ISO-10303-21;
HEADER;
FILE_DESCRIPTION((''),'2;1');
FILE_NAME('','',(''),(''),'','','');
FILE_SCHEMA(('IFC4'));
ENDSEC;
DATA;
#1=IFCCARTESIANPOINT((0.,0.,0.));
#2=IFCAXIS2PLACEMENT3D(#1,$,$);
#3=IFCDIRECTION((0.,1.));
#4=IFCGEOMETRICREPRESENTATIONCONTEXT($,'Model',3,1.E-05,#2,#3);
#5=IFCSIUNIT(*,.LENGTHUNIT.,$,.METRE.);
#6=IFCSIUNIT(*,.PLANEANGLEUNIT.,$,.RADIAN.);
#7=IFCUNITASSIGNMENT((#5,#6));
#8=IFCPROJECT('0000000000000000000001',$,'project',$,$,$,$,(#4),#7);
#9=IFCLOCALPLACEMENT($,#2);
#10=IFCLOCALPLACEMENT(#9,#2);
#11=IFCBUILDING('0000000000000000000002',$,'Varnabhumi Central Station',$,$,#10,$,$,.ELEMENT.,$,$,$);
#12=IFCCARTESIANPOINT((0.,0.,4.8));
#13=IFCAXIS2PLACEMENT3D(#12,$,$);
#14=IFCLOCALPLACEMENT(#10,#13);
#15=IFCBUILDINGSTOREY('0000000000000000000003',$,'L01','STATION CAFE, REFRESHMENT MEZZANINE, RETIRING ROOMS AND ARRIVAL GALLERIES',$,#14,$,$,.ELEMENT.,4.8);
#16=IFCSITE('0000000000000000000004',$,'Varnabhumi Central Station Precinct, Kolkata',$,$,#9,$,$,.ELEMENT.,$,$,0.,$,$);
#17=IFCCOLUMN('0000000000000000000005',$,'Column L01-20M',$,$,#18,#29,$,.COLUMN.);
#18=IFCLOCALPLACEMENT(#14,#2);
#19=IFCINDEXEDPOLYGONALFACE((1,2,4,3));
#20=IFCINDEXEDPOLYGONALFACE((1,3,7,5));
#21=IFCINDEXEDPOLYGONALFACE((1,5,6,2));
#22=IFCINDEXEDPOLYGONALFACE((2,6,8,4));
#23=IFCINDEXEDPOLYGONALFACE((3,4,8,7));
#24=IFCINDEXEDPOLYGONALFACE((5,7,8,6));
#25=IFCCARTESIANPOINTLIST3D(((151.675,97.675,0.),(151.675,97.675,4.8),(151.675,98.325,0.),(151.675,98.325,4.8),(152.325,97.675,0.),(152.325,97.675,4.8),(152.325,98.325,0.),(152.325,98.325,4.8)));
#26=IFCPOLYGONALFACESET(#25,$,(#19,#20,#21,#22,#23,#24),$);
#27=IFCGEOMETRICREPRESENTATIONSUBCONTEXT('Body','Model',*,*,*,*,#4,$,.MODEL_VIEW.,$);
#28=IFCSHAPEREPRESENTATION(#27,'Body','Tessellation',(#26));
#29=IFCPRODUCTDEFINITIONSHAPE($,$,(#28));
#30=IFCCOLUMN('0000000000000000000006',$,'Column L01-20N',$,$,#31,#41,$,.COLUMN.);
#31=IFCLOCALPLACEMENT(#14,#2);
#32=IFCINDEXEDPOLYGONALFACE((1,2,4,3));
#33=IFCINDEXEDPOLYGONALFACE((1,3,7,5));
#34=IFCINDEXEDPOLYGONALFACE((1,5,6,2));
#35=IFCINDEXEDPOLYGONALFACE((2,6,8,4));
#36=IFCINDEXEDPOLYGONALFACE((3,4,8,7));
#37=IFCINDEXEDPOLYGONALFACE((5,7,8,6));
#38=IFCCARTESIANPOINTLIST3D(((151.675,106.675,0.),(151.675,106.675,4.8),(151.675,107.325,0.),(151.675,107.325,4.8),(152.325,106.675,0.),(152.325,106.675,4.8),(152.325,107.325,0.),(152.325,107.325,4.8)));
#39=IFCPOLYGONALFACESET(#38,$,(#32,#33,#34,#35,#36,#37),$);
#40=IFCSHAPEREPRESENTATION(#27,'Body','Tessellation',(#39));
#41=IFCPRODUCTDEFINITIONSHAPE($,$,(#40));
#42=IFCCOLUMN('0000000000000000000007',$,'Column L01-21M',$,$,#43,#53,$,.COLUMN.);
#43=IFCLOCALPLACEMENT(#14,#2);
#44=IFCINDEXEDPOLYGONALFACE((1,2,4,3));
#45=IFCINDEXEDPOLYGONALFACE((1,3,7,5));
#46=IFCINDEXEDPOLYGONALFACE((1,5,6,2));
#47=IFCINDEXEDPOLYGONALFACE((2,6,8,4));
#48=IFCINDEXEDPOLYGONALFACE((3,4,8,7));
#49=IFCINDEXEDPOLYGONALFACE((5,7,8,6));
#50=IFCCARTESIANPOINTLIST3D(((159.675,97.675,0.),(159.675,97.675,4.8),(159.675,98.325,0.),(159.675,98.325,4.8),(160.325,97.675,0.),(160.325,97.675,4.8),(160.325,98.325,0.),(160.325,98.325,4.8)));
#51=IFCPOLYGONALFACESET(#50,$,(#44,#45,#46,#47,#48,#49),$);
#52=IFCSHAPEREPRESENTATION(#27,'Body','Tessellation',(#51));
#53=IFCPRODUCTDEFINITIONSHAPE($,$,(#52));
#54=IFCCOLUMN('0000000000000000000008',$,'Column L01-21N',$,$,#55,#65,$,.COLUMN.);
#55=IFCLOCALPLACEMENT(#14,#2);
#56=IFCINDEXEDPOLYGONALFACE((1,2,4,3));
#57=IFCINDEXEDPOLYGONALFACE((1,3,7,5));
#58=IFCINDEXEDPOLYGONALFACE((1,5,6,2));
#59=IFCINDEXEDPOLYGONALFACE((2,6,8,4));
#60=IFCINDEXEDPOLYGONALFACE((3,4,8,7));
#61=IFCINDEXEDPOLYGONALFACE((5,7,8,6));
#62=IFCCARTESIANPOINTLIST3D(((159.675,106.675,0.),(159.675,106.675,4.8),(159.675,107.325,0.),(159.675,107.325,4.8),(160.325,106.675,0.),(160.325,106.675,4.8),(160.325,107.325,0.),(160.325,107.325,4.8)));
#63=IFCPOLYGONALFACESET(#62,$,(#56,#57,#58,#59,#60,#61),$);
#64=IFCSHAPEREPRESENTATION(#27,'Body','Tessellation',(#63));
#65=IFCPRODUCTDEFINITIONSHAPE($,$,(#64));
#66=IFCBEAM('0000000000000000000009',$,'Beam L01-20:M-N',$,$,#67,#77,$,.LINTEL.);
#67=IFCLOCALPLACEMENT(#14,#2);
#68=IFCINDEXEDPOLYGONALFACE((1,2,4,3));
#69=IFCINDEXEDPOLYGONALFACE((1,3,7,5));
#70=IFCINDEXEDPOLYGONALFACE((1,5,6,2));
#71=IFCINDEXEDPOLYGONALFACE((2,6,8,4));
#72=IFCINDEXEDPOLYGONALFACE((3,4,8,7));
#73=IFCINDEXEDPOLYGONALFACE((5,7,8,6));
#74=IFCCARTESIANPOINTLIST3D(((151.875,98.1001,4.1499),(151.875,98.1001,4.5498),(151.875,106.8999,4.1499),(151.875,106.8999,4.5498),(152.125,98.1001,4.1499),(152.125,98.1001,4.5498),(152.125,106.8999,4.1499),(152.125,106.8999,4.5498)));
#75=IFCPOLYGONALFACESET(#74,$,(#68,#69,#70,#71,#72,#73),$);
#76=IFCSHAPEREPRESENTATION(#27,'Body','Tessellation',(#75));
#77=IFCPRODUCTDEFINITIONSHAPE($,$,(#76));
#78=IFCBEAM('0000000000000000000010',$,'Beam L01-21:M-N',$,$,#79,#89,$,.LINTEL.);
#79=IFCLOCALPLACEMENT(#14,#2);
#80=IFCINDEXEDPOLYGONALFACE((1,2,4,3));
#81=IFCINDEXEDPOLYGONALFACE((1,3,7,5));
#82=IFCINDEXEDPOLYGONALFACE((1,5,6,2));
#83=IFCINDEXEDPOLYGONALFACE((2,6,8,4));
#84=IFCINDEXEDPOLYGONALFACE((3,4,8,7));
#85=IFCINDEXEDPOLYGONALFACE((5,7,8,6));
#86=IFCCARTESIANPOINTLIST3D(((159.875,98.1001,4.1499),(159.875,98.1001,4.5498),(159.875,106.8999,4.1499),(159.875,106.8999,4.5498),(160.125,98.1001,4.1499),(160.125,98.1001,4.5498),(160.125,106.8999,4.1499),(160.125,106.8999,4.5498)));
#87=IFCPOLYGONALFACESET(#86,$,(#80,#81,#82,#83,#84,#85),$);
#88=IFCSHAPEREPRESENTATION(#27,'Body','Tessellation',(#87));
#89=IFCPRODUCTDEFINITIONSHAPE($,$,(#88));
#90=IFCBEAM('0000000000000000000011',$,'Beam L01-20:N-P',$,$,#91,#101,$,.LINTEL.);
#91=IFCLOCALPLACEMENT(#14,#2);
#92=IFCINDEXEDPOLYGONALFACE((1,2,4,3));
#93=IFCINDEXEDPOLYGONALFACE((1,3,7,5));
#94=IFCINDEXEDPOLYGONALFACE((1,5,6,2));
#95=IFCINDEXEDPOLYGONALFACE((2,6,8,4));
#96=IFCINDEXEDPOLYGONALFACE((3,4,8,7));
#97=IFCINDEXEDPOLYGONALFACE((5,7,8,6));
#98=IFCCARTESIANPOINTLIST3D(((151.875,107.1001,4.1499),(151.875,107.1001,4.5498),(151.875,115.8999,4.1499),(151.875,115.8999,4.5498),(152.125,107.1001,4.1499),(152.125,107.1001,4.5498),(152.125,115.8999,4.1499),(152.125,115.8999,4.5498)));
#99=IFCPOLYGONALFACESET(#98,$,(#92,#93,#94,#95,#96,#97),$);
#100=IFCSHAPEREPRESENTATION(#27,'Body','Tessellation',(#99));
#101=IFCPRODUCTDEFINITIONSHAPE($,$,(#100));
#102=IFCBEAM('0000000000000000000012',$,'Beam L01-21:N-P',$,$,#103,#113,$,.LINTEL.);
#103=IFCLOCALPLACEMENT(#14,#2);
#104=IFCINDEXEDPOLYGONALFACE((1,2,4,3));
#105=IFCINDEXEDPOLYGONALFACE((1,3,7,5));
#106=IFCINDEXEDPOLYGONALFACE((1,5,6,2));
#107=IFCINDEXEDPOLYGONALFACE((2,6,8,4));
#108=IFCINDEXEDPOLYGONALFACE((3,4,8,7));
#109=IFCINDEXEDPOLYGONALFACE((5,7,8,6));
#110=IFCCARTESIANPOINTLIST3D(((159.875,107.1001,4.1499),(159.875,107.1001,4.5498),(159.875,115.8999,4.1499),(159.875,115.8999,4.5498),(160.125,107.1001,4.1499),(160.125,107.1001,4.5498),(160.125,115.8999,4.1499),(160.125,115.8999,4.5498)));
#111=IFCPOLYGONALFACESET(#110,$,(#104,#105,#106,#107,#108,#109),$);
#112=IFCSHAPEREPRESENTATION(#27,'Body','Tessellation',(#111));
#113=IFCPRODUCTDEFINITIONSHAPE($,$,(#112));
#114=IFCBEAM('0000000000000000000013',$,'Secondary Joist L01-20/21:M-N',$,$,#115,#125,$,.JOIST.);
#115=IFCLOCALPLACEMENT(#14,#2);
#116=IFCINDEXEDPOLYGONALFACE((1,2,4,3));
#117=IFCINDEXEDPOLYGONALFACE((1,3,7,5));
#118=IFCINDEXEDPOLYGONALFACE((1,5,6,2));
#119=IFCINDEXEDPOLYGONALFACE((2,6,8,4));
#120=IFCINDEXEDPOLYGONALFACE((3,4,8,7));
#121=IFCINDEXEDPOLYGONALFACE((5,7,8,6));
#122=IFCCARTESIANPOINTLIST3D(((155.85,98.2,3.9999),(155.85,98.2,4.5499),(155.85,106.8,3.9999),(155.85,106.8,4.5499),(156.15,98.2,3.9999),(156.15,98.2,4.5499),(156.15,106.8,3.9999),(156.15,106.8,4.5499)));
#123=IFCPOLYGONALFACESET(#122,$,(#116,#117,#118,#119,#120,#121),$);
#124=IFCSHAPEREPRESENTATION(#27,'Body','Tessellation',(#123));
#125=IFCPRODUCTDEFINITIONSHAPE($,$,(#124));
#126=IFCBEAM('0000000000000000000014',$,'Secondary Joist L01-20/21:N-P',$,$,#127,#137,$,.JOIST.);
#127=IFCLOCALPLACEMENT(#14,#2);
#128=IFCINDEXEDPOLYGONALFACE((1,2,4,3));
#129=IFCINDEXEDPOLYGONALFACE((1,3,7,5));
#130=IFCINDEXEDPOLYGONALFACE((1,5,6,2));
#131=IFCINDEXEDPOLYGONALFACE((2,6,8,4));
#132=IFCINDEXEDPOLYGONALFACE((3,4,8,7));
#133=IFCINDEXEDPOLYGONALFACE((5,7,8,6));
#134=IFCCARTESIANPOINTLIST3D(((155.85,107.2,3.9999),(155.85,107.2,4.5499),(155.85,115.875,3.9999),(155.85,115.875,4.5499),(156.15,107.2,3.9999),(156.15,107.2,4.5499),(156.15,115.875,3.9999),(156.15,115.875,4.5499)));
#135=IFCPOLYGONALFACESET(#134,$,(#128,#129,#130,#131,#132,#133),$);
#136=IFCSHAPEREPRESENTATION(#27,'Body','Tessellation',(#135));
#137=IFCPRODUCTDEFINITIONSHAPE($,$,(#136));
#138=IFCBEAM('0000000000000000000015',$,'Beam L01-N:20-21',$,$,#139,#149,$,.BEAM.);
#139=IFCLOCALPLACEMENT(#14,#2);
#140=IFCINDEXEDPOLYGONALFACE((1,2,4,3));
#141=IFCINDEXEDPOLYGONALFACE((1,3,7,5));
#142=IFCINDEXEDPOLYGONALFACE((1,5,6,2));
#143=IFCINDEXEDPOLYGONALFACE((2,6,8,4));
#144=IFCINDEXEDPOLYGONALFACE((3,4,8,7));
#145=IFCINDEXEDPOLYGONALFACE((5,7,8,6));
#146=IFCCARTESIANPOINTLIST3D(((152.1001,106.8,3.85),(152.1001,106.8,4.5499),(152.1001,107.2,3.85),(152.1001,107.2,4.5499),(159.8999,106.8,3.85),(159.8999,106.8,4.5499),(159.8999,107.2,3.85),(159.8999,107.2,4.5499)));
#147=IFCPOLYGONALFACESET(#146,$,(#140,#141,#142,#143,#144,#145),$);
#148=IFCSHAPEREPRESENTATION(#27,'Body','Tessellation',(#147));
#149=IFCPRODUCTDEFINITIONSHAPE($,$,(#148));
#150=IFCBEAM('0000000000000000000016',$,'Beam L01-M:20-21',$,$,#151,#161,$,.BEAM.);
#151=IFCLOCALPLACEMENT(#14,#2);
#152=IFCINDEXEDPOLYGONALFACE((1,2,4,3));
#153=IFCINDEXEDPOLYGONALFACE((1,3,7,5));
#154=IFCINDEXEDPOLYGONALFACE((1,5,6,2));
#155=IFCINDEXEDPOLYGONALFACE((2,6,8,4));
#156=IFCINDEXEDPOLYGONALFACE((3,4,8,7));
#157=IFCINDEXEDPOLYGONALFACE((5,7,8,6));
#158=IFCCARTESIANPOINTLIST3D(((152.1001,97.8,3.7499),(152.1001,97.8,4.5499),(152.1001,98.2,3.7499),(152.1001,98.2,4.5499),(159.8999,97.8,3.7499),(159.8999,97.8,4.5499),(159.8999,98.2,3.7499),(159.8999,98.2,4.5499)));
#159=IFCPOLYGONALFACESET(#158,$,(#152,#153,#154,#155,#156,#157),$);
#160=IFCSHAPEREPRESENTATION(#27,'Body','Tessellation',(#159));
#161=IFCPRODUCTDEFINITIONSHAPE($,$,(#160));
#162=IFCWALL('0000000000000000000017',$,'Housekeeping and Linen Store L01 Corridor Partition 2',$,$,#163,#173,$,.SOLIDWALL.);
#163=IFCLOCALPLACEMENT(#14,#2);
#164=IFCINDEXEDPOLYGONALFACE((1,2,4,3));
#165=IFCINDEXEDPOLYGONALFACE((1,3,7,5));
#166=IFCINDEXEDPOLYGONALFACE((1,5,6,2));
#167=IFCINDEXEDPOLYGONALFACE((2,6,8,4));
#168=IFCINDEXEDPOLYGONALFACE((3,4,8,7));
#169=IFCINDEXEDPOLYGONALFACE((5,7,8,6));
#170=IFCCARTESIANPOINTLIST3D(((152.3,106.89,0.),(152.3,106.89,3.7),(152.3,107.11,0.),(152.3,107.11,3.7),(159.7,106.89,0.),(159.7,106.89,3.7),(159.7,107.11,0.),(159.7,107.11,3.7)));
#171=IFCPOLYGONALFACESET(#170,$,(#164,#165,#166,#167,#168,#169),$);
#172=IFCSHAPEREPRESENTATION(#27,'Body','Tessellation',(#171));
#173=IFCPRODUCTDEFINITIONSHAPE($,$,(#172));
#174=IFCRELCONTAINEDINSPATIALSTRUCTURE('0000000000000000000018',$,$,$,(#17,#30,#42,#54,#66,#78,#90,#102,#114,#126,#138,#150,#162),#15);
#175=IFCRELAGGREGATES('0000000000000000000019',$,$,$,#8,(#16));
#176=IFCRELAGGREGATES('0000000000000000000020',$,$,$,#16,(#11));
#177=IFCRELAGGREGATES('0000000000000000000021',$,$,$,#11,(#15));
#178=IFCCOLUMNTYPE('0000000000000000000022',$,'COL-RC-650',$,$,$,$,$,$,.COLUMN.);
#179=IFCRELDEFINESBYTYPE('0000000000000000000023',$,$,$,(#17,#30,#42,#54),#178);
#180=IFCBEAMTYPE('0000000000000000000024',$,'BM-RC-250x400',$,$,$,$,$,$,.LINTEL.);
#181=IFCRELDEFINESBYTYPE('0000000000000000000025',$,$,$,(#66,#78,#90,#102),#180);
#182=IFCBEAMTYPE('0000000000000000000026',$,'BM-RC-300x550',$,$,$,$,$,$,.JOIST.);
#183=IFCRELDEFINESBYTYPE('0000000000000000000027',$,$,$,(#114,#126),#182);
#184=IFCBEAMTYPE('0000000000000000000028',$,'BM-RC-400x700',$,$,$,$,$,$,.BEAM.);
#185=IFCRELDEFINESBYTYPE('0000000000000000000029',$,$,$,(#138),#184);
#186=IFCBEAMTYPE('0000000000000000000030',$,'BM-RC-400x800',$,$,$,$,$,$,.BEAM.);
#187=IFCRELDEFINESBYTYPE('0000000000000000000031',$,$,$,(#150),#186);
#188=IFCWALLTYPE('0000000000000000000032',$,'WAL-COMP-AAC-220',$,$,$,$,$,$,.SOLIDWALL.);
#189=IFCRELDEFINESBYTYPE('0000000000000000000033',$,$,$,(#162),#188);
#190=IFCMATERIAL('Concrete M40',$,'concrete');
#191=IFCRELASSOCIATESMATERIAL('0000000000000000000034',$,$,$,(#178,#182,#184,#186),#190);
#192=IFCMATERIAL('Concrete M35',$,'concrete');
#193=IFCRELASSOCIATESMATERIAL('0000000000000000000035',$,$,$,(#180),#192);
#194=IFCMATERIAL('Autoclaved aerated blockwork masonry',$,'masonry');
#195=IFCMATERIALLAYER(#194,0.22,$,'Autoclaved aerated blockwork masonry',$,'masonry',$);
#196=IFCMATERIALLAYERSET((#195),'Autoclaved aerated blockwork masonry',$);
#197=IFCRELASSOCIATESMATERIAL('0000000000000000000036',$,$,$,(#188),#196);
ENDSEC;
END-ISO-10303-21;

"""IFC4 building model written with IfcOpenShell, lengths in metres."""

from ifc_helpers import new_model, si_unit, direction, frame, frame_2d, origin, origin_2d, place, context, subcontext, project, spatial, rectangle, extrude, material, layer, layer_set, material_profile, profile_set, type_object, element, save


model = new_model("IFC4")

# Units and contexts
model_context = context("Model", 3, precision=1e-05, world=origin(), true_north=direction((0.0, 1.0)))
body_context = subcontext(model_context, "Body", "Model", "MODEL_VIEW")
ifc_project = project(units=[si_unit("LENGTHUNIT", "METRE"), si_unit("PLANEANGLEUNIT", "RADIAN")], contexts=[model_context])

# Site, building, storey
site_placement = place(None, origin())
site = spatial("IfcSite", under=ifc_project, at=site_placement, Name="Varnabhumi Central Station Precinct, Kolkata", CompositionType="ELEMENT", RefElevation=0.0)
building_placement = place(site_placement, origin())
building = spatial("IfcBuilding", under=site, at=building_placement, Name="Varnabhumi Central Station", CompositionType="ELEMENT")
storey_placement = place(building_placement, frame((0.0, 0.0, 4.8)))
storey = spatial("IfcBuildingStorey", under=building, at=storey_placement, Name="L01", Description="STATION CAFE, REFRESHMENT MEZZANINE, RETIRING ROOMS AND ARRIVAL GALLERIES", CompositionType="ELEMENT", Elevation=4.8)

# Columns
ifc_material_1 = material(Name="Concrete M40", Category="concrete")
ifc_material_profile_1 = material_profile(ifc_material_1, rectangle(XDim=0.6499, YDim=0.6499, at=origin_2d()), Name="Concrete M40", Category="concrete")
ifc_profile_set_1 = profile_set([ifc_material_profile_1], Name="Concrete M40")
column_type = type_object("IfcColumnType", Name="COL-RC-650", PredefinedType="COLUMN", material=ifc_profile_set_1)
for number, where, z_axis, x_axis, name in (
    (1, (152.0, 98.0, 0.0), (0.0, 0.0, 1.0), (1.0, 0.0, 0.0), "Column L01-20M"),
    (2, (152.0, 107.0, 0.0), (0.0, 0.0, 1.0), (1.0, 0.0, 0.0), "Column L01-20N"),
    (3, (160.0, 98.0, 0.0), (0.0, 0.0, 1.0), (1.0, 0.0, 0.0), "Column L01-21M"),
    (4, (160.0, 107.0, 0.0), (0.0, 0.0, 1.0), (1.0, 0.0, 0.0), "Column L01-21N"),
):
    element("IfcColumn", number, at=place(storey_placement, frame(where, z_axis=z_axis, x_axis=x_axis)), inside=storey, type_object=column_type, Name=name, PredefinedType="COLUMN", context=body_context, shape_type="SweptSolid", body=[
        extrude(rectangle(XDim=0.6499, YDim=0.6499, at=origin_2d()), origin(), (0.0, 0.0, 1.0), 4.8),
    ])

# Beams
ifc_material_2 = material(Name="Concrete M35", Category="concrete")
ifc_material_profile_2 = material_profile(ifc_material_2, rectangle(XDim=0.25, YDim=0.3999, at=origin_2d()), Name="Concrete M35", Category="concrete")
ifc_profile_set_2 = profile_set([ifc_material_profile_2], Name="Concrete M35")
beam_type_1 = type_object("IfcBeamType", Name="BM-RC-250x400", PredefinedType="LINTEL", material=ifc_profile_set_2)
for number, where, z_axis, x_axis, name in (
    (5, (152.0, 98.1001, 4.3499), (0.0, 1.0, 0.0), (-1.0, 0.0, 0.0), "Beam L01-20:M-N"),
    (6, (160.0, 98.1001, 4.3499), (0.0, 1.0, 0.0), (-1.0, 0.0, 0.0), "Beam L01-21:M-N"),
    (7, (152.0, 107.1001, 4.3499), (0.0, 1.0, 0.0), (-1.0, 0.0, 0.0), "Beam L01-20:N-P"),
    (8, (160.0, 107.1001, 4.3499), (0.0, 1.0, 0.0), (-1.0, 0.0, 0.0), "Beam L01-21:N-P"),
):
    element("IfcBeam", number, at=place(storey_placement, frame(where, z_axis=z_axis, x_axis=x_axis)), inside=storey, type_object=beam_type_1, Name=name, PredefinedType="LINTEL", context=body_context, shape_type="SweptSolid", body=[
        extrude(rectangle(XDim=0.25, YDim=0.3999, at=origin_2d()), origin(), (0.0, 0.0, 1.0), 8.7998),
    ])
ifc_material_profile_3 = material_profile(ifc_material_1, rectangle(XDim=0.3, YDim=0.55, at=origin_2d()), Name="Concrete M40", Category="concrete")
ifc_profile_set_3 = profile_set([ifc_material_profile_3], Name="Concrete M40")
beam_type_2 = type_object("IfcBeamType", Name="BM-RC-300x550", PredefinedType="JOIST", material=ifc_profile_set_3)
beam_1_placement = place(storey_placement, frame((156.0, 98.2, 4.2749), z_axis=(0.0, 1.0, 0.0), x_axis=(-1.0, 0.0, 0.0)))
element("IfcBeam", 9, at=beam_1_placement, inside=storey, type_object=beam_type_2, Name="Secondary Joist L01-20/21:M-N", PredefinedType="JOIST", context=body_context, shape_type="SweptSolid", body=[
    extrude(rectangle(XDim=0.3, YDim=0.55, at=origin_2d()), origin(), (0.0, 0.0, 1.0), 8.6001),
])
beam_2_placement = place(storey_placement, frame((156.0, 107.2, 4.2749), z_axis=(0.0, 1.0, 0.0), x_axis=(-1.0, 0.0, 0.0)))
element("IfcBeam", 10, at=beam_2_placement, inside=storey, type_object=beam_type_2, Name="Secondary Joist L01-20/21:N-P", PredefinedType="JOIST", context=body_context, shape_type="SweptSolid", body=[
    extrude(rectangle(XDim=0.3, YDim=0.55, at=origin_2d()), origin(), (0.0, 0.0, 1.0), 8.675),
])
ifc_material_profile_4 = material_profile(ifc_material_1, rectangle(XDim=0.3999, YDim=0.7, at=origin_2d()), Name="Concrete M40", Category="concrete")
ifc_profile_set_4 = profile_set([ifc_material_profile_4], Name="Concrete M40")
beam_type_3 = type_object("IfcBeamType", Name="BM-RC-400x700", PredefinedType="BEAM", material=ifc_profile_set_4)
beam_3_placement = place(storey_placement, frame((152.1001, 107.0, 4.2), z_axis=(1.0, 0.0, 0.0), x_axis=(0.0, 1.0, 0.0)))
element("IfcBeam", 11, at=beam_3_placement, inside=storey, type_object=beam_type_3, Name="Beam L01-N:20-21", PredefinedType="BEAM", context=body_context, shape_type="SweptSolid", body=[
    extrude(rectangle(XDim=0.3999, YDim=0.7, at=origin_2d()), origin(), (0.0, 0.0, 1.0), 7.7998),
])
ifc_material_profile_5 = material_profile(ifc_material_1, rectangle(XDim=0.3999, YDim=0.8, at=origin_2d()), Name="Concrete M40", Category="concrete")
ifc_profile_set_5 = profile_set([ifc_material_profile_5], Name="Concrete M40")
beam_type_4 = type_object("IfcBeamType", Name="BM-RC-400x800", PredefinedType="BEAM", material=ifc_profile_set_5)
beam_4_placement = place(storey_placement, frame((152.1001, 98.0, 4.1499), z_axis=(1.0, 0.0, 0.0), x_axis=(0.0, 1.0, 0.0)))
element("IfcBeam", 12, at=beam_4_placement, inside=storey, type_object=beam_type_4, Name="Beam L01-M:20-21", PredefinedType="BEAM", context=body_context, shape_type="SweptSolid", body=[
    extrude(rectangle(XDim=0.3999, YDim=0.8, at=origin_2d()), origin(), (0.0, 0.0, 1.0), 7.7998),
])

# Wall
ifc_material_3 = material(Name="Autoclaved aerated blockwork masonry", Category="masonry")
ifc_layer_1 = layer(ifc_material_3, 0.22, Name="Autoclaved aerated blockwork masonry", Category="masonry")
ifc_layer_set_1 = layer_set([ifc_layer_1], Name="Autoclaved aerated blockwork masonry")
wall_type_1 = type_object("IfcWallType", Name="WAL-COMP-AAC-220", PredefinedType="SOLIDWALL", material=ifc_layer_set_1)
wall_1_placement = place(storey_placement, frame((152.3, 107.0, 0.0), z_axis=(0.0, 0.0, 1.0), x_axis=(1.0, 0.0, 0.0)))
element("IfcWall", 13, at=wall_1_placement, inside=storey, type_object=wall_type_1, Name="Housekeeping and Linen Store L01 Corridor Partition 2", PredefinedType="SOLIDWALL", context=body_context, shape_type="SweptSolid", body=[
    extrude(rectangle(XDim=7.3999, YDim=0.22, at=frame_2d((3.7, 0.0))), origin(), (0.0, 0.0, 1.0), 3.7),
])

save(model, "model.ifc")
